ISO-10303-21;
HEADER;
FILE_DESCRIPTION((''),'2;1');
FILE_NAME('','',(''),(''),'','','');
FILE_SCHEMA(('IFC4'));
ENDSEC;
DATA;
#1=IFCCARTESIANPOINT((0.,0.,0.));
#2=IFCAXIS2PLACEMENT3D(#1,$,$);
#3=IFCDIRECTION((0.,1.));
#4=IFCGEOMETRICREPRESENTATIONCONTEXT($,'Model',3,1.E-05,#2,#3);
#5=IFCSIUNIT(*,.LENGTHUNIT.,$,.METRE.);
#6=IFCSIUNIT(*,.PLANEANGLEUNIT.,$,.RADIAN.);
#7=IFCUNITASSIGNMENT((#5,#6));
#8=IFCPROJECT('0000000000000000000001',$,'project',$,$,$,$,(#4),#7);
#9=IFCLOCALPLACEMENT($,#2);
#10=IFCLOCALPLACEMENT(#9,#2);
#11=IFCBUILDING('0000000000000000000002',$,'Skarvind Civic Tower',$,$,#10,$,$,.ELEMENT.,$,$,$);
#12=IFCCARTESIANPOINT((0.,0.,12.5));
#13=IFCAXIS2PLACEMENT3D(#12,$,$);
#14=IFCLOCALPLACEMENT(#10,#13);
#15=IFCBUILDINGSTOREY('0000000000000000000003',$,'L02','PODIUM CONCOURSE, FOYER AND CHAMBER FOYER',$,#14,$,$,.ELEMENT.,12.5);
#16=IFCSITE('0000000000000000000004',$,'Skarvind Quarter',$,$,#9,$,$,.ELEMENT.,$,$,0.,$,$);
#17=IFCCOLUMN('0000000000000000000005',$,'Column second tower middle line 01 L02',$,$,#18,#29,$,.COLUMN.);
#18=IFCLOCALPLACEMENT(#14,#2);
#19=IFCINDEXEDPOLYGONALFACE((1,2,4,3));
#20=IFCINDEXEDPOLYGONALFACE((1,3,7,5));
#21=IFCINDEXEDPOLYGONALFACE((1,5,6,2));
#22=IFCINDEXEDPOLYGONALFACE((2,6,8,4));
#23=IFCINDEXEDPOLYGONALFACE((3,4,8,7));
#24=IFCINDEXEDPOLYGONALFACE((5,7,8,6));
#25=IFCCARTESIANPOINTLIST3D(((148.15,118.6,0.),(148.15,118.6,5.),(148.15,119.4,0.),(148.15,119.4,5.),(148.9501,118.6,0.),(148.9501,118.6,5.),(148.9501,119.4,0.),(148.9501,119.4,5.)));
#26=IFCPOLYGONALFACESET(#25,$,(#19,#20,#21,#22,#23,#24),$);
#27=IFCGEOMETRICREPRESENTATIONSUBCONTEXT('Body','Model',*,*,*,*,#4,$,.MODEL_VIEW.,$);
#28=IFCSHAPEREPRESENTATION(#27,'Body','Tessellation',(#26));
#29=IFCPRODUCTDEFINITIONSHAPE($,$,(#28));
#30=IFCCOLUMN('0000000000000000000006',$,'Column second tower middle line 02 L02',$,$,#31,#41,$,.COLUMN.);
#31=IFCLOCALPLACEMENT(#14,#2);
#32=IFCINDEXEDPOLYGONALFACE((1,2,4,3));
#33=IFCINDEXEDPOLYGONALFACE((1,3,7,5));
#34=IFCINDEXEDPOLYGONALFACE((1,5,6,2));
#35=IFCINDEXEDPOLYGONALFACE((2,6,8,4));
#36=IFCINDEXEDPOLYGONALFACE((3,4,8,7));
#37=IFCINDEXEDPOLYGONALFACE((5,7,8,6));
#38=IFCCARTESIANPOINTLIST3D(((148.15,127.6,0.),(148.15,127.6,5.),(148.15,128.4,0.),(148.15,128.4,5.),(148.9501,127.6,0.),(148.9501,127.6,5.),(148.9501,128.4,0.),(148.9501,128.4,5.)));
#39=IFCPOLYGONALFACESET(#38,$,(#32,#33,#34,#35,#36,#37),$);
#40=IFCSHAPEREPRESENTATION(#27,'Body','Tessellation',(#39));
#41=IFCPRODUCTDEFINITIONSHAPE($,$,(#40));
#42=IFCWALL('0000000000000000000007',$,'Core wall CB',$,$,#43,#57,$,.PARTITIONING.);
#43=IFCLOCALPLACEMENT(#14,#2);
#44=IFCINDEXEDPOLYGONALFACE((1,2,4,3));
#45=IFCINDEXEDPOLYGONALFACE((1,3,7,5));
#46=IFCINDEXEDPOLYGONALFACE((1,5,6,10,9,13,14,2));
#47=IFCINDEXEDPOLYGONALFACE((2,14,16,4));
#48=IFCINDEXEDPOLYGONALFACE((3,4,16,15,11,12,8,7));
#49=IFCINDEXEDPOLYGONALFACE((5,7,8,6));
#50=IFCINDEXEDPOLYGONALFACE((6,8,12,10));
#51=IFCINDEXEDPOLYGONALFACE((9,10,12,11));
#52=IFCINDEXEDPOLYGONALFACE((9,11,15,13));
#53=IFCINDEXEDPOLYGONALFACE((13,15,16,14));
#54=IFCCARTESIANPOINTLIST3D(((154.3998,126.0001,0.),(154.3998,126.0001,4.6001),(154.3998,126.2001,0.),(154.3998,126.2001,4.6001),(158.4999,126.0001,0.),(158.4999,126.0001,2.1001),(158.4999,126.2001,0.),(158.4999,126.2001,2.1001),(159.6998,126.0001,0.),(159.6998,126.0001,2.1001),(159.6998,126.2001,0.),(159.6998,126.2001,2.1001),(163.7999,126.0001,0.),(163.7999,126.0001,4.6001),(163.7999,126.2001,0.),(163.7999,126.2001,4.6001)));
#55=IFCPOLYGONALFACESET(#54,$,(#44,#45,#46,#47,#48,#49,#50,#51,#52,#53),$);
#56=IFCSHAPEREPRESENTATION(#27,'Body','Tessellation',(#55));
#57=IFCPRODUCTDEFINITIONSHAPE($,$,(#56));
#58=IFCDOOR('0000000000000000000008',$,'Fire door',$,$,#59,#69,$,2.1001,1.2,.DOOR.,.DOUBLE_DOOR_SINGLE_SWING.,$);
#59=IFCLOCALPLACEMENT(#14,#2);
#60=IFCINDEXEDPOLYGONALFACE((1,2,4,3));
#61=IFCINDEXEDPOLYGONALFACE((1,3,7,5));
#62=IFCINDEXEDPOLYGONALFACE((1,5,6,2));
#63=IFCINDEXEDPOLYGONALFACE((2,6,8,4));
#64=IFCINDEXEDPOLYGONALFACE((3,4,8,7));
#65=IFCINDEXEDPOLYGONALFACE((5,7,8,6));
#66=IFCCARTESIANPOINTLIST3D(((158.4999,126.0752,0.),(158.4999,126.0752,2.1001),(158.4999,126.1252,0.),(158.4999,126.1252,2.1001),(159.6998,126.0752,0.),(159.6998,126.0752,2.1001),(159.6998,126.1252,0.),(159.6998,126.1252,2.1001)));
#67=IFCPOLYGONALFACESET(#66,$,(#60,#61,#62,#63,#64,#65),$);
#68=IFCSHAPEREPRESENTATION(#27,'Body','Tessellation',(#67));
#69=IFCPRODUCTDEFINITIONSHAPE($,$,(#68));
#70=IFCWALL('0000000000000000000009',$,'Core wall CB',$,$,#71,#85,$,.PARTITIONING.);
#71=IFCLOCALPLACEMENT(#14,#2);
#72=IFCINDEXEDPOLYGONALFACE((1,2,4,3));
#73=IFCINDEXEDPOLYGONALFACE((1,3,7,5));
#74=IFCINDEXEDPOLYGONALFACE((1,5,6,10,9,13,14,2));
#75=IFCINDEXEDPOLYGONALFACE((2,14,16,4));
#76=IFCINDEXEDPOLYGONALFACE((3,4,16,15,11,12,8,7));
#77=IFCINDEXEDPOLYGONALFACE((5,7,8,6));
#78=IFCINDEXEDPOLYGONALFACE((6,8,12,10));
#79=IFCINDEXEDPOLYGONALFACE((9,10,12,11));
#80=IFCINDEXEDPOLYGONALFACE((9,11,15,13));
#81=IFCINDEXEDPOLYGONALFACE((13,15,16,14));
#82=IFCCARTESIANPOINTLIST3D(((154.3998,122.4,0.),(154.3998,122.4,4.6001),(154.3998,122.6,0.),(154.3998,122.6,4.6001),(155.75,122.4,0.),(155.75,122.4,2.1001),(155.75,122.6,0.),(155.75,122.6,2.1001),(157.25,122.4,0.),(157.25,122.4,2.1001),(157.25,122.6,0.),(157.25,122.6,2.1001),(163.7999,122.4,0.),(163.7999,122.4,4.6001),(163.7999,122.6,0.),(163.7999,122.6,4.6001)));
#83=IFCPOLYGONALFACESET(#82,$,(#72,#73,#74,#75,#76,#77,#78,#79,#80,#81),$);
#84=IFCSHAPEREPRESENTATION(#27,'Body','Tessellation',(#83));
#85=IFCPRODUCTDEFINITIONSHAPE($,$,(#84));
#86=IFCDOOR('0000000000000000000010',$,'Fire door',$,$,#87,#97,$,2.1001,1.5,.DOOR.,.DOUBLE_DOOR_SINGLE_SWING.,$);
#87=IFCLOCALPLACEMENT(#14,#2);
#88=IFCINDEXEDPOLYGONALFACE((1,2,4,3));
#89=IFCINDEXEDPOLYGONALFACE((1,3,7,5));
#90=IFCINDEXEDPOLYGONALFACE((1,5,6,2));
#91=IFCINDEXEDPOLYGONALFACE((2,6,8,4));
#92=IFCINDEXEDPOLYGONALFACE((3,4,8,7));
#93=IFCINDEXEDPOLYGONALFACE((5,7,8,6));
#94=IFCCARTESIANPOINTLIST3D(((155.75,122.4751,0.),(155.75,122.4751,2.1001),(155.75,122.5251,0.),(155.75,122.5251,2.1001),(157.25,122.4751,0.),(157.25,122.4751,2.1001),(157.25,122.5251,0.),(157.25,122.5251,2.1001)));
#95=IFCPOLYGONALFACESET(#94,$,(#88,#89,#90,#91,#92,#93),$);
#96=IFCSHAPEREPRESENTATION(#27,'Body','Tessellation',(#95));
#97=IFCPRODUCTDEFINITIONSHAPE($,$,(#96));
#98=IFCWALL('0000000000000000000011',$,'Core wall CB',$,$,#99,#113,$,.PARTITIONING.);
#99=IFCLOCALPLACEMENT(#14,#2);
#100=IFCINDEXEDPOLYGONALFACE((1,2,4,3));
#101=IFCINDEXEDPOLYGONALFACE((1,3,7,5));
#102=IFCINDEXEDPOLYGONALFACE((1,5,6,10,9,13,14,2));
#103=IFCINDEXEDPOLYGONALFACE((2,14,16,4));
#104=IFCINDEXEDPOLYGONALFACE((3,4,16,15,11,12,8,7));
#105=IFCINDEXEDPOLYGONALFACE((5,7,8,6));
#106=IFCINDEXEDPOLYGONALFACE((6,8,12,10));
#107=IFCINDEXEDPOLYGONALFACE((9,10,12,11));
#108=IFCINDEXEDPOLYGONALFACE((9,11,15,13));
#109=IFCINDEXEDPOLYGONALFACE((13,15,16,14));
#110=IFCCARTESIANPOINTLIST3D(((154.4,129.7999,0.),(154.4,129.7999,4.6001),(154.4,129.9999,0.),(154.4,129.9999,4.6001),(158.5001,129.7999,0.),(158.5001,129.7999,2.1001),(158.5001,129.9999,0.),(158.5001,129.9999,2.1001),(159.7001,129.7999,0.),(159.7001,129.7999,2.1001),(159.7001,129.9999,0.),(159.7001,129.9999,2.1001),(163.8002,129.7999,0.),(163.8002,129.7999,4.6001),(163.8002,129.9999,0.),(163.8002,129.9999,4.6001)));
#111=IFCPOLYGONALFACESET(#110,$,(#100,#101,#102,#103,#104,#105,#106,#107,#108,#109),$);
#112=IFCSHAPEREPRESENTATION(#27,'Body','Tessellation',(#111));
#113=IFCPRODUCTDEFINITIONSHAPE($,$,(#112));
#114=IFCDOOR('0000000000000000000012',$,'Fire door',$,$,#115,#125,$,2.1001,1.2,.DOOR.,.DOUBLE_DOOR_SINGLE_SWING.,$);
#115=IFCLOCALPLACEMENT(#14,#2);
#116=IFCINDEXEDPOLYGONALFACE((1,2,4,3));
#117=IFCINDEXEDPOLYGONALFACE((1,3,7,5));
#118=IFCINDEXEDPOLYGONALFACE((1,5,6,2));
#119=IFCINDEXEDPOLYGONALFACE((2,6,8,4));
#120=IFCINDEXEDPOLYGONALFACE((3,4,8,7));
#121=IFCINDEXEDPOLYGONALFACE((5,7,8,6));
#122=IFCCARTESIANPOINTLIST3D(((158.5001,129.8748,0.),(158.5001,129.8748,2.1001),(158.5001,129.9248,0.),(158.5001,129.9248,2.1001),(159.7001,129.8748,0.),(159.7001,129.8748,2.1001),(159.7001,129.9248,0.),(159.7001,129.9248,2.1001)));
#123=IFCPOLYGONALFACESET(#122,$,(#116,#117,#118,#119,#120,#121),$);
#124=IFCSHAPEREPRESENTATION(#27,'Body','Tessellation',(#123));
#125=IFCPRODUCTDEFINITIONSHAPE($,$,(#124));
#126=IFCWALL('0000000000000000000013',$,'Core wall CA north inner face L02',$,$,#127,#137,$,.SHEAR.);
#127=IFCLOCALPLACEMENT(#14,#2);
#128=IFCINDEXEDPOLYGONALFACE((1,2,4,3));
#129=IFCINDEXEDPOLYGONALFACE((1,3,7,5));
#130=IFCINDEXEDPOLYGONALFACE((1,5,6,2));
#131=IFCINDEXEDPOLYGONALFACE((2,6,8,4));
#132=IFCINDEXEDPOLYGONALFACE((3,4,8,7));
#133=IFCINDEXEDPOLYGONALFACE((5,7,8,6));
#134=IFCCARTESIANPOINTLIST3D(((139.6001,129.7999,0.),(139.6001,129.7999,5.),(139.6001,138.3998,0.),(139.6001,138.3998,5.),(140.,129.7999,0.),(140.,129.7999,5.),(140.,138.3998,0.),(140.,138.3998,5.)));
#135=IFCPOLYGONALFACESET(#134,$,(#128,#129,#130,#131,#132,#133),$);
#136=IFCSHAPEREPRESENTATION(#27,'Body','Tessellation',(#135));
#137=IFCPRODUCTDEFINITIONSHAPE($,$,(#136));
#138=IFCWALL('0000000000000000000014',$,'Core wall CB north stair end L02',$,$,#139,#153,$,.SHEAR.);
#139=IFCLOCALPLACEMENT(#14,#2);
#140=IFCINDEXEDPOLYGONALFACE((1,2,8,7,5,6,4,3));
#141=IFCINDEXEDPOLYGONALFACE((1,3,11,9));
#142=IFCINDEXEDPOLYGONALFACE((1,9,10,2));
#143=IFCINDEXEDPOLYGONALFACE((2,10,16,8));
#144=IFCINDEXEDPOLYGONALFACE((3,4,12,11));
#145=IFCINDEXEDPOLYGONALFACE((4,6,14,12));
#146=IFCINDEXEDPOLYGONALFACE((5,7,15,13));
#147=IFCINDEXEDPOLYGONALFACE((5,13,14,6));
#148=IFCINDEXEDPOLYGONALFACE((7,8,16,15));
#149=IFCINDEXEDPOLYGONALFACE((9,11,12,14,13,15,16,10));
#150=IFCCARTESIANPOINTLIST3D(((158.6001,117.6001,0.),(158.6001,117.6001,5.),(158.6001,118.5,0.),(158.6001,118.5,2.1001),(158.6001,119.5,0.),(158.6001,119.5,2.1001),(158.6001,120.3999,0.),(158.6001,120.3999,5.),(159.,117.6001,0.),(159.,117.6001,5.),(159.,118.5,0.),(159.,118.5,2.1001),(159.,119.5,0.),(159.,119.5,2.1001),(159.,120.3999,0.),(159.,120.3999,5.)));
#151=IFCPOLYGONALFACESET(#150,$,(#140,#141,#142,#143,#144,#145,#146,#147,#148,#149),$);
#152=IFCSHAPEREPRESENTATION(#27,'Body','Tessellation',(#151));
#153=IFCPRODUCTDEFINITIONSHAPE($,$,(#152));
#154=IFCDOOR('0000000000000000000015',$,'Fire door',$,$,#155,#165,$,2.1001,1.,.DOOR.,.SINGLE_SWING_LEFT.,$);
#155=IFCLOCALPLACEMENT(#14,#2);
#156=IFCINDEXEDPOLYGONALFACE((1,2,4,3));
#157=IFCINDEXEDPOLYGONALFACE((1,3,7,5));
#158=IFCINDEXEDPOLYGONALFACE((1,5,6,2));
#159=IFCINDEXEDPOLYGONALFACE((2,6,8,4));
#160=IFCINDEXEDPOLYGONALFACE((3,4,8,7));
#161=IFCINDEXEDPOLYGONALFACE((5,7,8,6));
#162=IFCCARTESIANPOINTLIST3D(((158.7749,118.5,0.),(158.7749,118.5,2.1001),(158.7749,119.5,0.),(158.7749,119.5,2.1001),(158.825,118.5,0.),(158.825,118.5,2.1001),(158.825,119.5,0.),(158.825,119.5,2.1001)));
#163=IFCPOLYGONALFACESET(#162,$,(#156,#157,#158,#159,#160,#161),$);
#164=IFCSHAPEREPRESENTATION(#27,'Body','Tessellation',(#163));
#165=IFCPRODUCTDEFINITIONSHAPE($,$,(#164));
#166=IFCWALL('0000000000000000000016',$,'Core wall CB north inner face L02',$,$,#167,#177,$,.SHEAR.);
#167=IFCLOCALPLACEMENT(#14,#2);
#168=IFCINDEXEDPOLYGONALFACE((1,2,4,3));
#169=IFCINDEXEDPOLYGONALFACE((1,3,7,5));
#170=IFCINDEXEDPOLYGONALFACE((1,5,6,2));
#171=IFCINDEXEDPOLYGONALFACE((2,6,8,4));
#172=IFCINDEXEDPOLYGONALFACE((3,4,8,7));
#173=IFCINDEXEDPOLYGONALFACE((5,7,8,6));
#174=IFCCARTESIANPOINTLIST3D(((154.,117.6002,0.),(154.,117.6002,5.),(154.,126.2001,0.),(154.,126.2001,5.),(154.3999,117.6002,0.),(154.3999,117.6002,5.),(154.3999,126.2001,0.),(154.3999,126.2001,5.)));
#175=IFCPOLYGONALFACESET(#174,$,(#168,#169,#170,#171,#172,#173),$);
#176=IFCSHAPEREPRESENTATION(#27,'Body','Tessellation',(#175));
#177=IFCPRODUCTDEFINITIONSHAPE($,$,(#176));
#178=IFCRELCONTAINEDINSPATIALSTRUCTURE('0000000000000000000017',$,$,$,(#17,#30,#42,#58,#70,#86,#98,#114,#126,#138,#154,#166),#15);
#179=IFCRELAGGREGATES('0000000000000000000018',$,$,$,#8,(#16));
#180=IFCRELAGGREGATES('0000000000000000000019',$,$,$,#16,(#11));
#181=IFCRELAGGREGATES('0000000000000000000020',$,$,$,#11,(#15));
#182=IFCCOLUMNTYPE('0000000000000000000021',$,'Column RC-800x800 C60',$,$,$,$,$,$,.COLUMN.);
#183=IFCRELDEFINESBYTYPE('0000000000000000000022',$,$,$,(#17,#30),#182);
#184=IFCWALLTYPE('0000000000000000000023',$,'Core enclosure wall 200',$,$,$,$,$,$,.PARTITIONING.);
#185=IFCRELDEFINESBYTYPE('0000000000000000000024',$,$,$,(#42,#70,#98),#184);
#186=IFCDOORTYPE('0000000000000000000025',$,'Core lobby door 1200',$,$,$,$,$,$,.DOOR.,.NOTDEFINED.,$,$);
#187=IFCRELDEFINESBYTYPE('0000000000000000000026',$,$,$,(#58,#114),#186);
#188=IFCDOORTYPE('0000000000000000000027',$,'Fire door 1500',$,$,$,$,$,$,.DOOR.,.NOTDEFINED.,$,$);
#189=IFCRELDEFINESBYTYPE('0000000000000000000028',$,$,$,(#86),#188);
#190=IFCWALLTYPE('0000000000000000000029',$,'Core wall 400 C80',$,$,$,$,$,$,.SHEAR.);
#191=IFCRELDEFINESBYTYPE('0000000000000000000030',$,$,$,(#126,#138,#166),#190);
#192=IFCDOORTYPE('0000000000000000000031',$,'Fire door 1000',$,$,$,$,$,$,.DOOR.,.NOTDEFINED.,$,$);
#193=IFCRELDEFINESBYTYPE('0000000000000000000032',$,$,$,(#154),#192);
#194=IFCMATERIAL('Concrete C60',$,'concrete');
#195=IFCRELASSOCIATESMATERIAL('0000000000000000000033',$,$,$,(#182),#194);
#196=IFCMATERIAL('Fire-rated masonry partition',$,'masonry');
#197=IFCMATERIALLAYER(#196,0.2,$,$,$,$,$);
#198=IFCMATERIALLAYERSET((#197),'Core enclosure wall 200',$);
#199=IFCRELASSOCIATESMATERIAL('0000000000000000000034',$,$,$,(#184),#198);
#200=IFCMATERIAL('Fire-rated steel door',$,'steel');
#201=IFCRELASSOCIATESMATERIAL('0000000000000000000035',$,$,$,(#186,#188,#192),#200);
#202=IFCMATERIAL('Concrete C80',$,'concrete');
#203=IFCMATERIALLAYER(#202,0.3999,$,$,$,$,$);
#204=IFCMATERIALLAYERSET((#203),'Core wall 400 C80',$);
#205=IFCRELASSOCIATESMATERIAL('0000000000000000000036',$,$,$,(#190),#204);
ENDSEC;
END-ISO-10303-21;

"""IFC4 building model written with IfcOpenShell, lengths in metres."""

from ifc_helpers import new_model, si_unit, direction, frame, frame_2d, origin, origin_2d, place, context, subcontext, project, spatial, rectangle, extrude, material, layer, layer_set, material_profile, profile_set, type_object, element, fill, save


model = new_model("IFC4")

# Units and contexts
model_context = context("Model", 3, precision=1e-05, world=origin(), true_north=direction((0.0, 1.0)))
body_context = subcontext(model_context, "Body", "Model", "MODEL_VIEW")
ifc_project = project(units=[si_unit("LENGTHUNIT", "METRE"), si_unit("PLANEANGLEUNIT", "RADIAN")], contexts=[model_context])

# Site, building, storey
site_placement = place(None, origin())
site = spatial("IfcSite", under=ifc_project, at=site_placement, Name="Skarvind Quarter", CompositionType="ELEMENT", RefElevation=0.0)
building_placement = place(site_placement, origin())
building = spatial("IfcBuilding", under=site, at=building_placement, Name="Skarvind Civic Tower", CompositionType="ELEMENT")
storey_placement = place(building_placement, frame((0.0, 0.0, 12.5)))
storey = spatial("IfcBuildingStorey", under=building, at=storey_placement, Name="L02", Description="PODIUM CONCOURSE, FOYER AND CHAMBER FOYER", CompositionType="ELEMENT", Elevation=12.5)

# Columns
ifc_material_1 = material(Name="Concrete C60", Category="concrete")
ifc_material_profile = material_profile(ifc_material_1, rectangle(XDim=0.8, YDim=0.8, at=origin_2d()), Name="RC-800x800")
ifc_profile_set = profile_set([ifc_material_profile], Name="Concrete C60")
column_type = type_object("IfcColumnType", Name="Column RC-800x800 C60", PredefinedType="COLUMN", material=ifc_profile_set)
for number, where, z_axis, x_axis, name in (
    (1, (148.55, 119.0, 0.0), (0.0, 0.0, 1.0), (1.0, 0.0, 0.0), "Column second tower middle line 01 L02"),
    (2, (148.55, 128.0, 0.0), (0.0, 0.0, 1.0), (1.0, 0.0, 0.0), "Column second tower middle line 02 L02"),
):
    element("IfcColumn", number, at=place(storey_placement, frame(where, z_axis=z_axis, x_axis=x_axis)), inside=storey, type_object=column_type, Name=name, PredefinedType="COLUMN", context=body_context, shape_type="SweptSolid", body=[
        extrude(rectangle(XDim=0.8, YDim=0.8, at=origin_2d()), origin(), (0.0, 0.0, 1.0), 5.0),
    ])

# Walls, openings, doors
ifc_material_2 = material(Name="Fire-rated masonry partition", Category="masonry")
ifc_layer_1 = layer(ifc_material_2, 0.2)
ifc_layer_set_1 = layer_set([ifc_layer_1], Name="Core enclosure wall 200")
wall_type_1 = type_object("IfcWallType", Name="Core enclosure wall 200", PredefinedType="PARTITIONING", material=ifc_layer_set_1)
wall_1_placement = place(storey_placement, frame((163.8, 126.1001, 0.0), z_axis=(0.0, 0.0, 1.0), x_axis=(-1.0, 0.0, 0.0)))
wall_1 = element("IfcWall", 3, at=wall_1_placement, inside=storey, type_object=wall_type_1, Name="Core wall CB", PredefinedType="PARTITIONING", context=body_context, shape_type="SweptSolid", body=[
    extrude(rectangle(XDim=9.4001, YDim=0.2, at=frame_2d((4.7002, 0.0))), origin(), (0.0, 0.0, 1.0), 4.6001),
])
opening_1_placement = place(wall_1_placement, frame((4.1001, 0.0, 0.0)))
opening_1 = element("IfcOpeningElement", 4, at=opening_1_placement, cuts=wall_1, PredefinedType="OPENING", context=body_context, shape_type="SweptSolid", body=[
    extrude(rectangle(XDim=1.2, YDim=2.1001, at=frame_2d((0.6001, 1.05))), frame((0.0, 0.1099, 0.0), z_axis=(0.0, -1.0, 0.0), x_axis=(1.0, 0.0, 0.0)), (0.0, 0.0, 1.0), 0.22),
])
ifc_material_3 = material(Name="Fire-rated steel door", Category="steel")
door_type_1 = type_object("IfcDoorType", Name="Core lobby door 1200", OperationType="NOTDEFINED", PredefinedType="DOOR", material=ifc_material_3)
door_1_placement = place(opening_1_placement, origin())
door_1 = element("IfcDoor", 5, at=door_1_placement, inside=storey, type_object=door_type_1, Name="Fire door", OperationType="DOUBLE_DOOR_SINGLE_SWING", OverallHeight=2.1001, OverallWidth=1.2, PredefinedType="DOOR", context=body_context, shape_type="SweptSolid", body=[
    extrude(rectangle(XDim=1.2, YDim=2.1001, at=frame_2d((0.6001, 1.05))), frame((0.0, 0.0249, 0.0), z_axis=(0.0, -1.0, 0.0), x_axis=(1.0, 0.0, 0.0)), (0.0, 0.0, 1.0), 0.05),
])
fill(opening_1, door_1)
wall_2_placement = place(storey_placement, frame((163.8, 122.5, 0.0), z_axis=(0.0, 0.0, 1.0), x_axis=(-1.0, 0.0, 0.0)))
wall_2 = element("IfcWall", 6, at=wall_2_placement, inside=storey, type_object=wall_type_1, Name="Core wall CB", PredefinedType="PARTITIONING", context=body_context, shape_type="SweptSolid", body=[
    extrude(rectangle(XDim=9.4001, YDim=0.2, at=frame_2d((4.7002, 0.0))), origin(), (0.0, 0.0, 1.0), 4.6001),
])
opening_2_placement = place(wall_2_placement, frame((6.55, 0.0, 0.0)))
opening_2 = element("IfcOpeningElement", 7, at=opening_2_placement, cuts=wall_2, PredefinedType="OPENING", context=body_context, shape_type="SweptSolid", body=[
    extrude(rectangle(XDim=1.5, YDim=2.1001, at=frame_2d((0.75, 1.05))), frame((0.0, 0.1099, 0.0), z_axis=(0.0, -1.0, 0.0), x_axis=(1.0, 0.0, 0.0)), (0.0, 0.0, 1.0), 0.22),
])
door_type_2 = type_object("IfcDoorType", Name="Fire door 1500", OperationType="NOTDEFINED", PredefinedType="DOOR", material=ifc_material_3)
door_2_placement = place(opening_2_placement, origin())
door_2 = element("IfcDoor", 8, at=door_2_placement, inside=storey, type_object=door_type_2, Name="Fire door", OperationType="DOUBLE_DOOR_SINGLE_SWING", OverallHeight=2.1001, OverallWidth=1.5, PredefinedType="DOOR", context=body_context, shape_type="SweptSolid", body=[
    extrude(rectangle(XDim=1.5, YDim=2.1001, at=frame_2d((0.75, 1.05))), frame((0.0, 0.0249, 0.0), z_axis=(0.0, -1.0, 0.0), x_axis=(1.0, 0.0, 0.0)), (0.0, 0.0, 1.0), 0.05),
])
fill(opening_2, door_2)
wall_3_placement = place(storey_placement, frame((154.3999, 129.8999, 0.0), z_axis=(0.0, 0.0, 1.0), x_axis=(1.0, 0.0, 0.0)))
wall_3 = element("IfcWall", 9, at=wall_3_placement, inside=storey, type_object=wall_type_1, Name="Core wall CB", PredefinedType="PARTITIONING", context=body_context, shape_type="SweptSolid", body=[
    extrude(rectangle(XDim=9.4001, YDim=0.2, at=frame_2d((4.7002, 0.0))), origin(), (0.0, 0.0, 1.0), 4.6001),
])
opening_3_placement = place(wall_3_placement, frame((4.1001, 0.0, 0.0)))
opening_3 = element("IfcOpeningElement", 10, at=opening_3_placement, cuts=wall_3, PredefinedType="OPENING", context=body_context, shape_type="SweptSolid", body=[
    extrude(rectangle(XDim=1.2, YDim=2.1001, at=frame_2d((0.6001, 1.05))), frame((0.0, 0.1099, 0.0), z_axis=(0.0, -1.0, 0.0), x_axis=(1.0, 0.0, 0.0)), (0.0, 0.0, 1.0), 0.22),
])
door_3_placement = place(opening_3_placement, origin())
door_3 = element("IfcDoor", 11, at=door_3_placement, inside=storey, type_object=door_type_1, Name="Fire door", OperationType="DOUBLE_DOOR_SINGLE_SWING", OverallHeight=2.1001, OverallWidth=1.2, PredefinedType="DOOR", context=body_context, shape_type="SweptSolid", body=[
    extrude(rectangle(XDim=1.2, YDim=2.1001, at=frame_2d((0.6001, 1.05))), frame((0.0, 0.0249, 0.0), z_axis=(0.0, -1.0, 0.0), x_axis=(1.0, 0.0, 0.0)), (0.0, 0.0, 1.0), 0.05),
])
fill(opening_3, door_3)

# Wall
ifc_material_4 = material(Name="Concrete C80", Category="concrete")
ifc_layer_2 = layer(ifc_material_4, 0.3999)
ifc_layer_set_2 = layer_set([ifc_layer_2], Name="Core wall 400 C80")
wall_type_2 = type_object("IfcWallType", Name="Core wall 400 C80", PredefinedType="SHEAR", material=ifc_layer_set_2)
wall_4_placement = place(storey_placement, frame((139.8, 129.8, 0.0), z_axis=(0.0, 0.0, 1.0), x_axis=(0.0, 1.0, 0.0)))
element("IfcWall", 12, at=wall_4_placement, inside=storey, type_object=wall_type_2, Name="Core wall CA north inner face L02", PredefinedType="SHEAR", context=body_context, shape_type="SweptSolid", body=[
    extrude(rectangle(XDim=8.5999, YDim=0.3999, at=frame_2d((4.2998, 0.0))), origin(), (0.0, 0.0, 1.0), 5.0),
])

# Wall, opening, door
wall_5_placement = place(storey_placement, frame((158.8, 120.3999, 0.0), z_axis=(0.0, 0.0, 1.0), x_axis=(0.0, -1.0, 0.0)))
wall_5 = element("IfcWall", 13, at=wall_5_placement, inside=storey, type_object=wall_type_2, Name="Core wall CB north stair end L02", PredefinedType="SHEAR", context=body_context, shape_type="SweptSolid", body=[
    extrude(rectangle(XDim=2.7998, YDim=0.3999, at=frame_2d((1.3999, 0.0))), origin(), (0.0, 0.0, 1.0), 5.0),
])
opening_4_placement = place(wall_5_placement, frame((0.8999, 0.0, 0.0)))
opening_4 = element("IfcOpeningElement", 14, at=opening_4_placement, cuts=wall_5, PredefinedType="OPENING", context=body_context, shape_type="SweptSolid", body=[
    extrude(rectangle(XDim=1.0, YDim=2.1001, at=frame_2d((0.5, 1.05))), frame((0.0, 0.21, 0.0), z_axis=(0.0, -1.0, 0.0), x_axis=(1.0, 0.0, 0.0)), (0.0, 0.0, 1.0), 0.4199),
])
door_type_3 = type_object("IfcDoorType", Name="Fire door 1000", OperationType="NOTDEFINED", PredefinedType="DOOR", material=ifc_material_3)
door_4_placement = place(opening_4_placement, origin())
door_4 = element("IfcDoor", 15, at=door_4_placement, inside=storey, type_object=door_type_3, Name="Fire door", OperationType="SINGLE_SWING_LEFT", OverallHeight=2.1001, OverallWidth=1.0, PredefinedType="DOOR", context=body_context, shape_type="SweptSolid", body=[
    extrude(rectangle(XDim=1.0, YDim=2.1001, at=frame_2d((0.5, 1.05))), frame((0.0, 0.0249, 0.0), z_axis=(0.0, -1.0, 0.0), x_axis=(1.0, 0.0, 0.0)), (0.0, 0.0, 1.0), 0.05),
])
fill(opening_4, door_4)

# Wall
wall_6_placement = place(storey_placement, frame((154.2, 126.2, 0.0), z_axis=(0.0, 0.0, 1.0), x_axis=(0.0, -1.0, 0.0)))
element("IfcWall", 16, at=wall_6_placement, inside=storey, type_object=wall_type_2, Name="Core wall CB north inner face L02", PredefinedType="SHEAR", context=body_context, shape_type="SweptSolid", body=[
    extrude(rectangle(XDim=8.5999, YDim=0.3999, at=frame_2d((4.2998, 0.0))), origin(), (0.0, 0.0, 1.0), 5.0),
])

save(model, "model.ifc")
